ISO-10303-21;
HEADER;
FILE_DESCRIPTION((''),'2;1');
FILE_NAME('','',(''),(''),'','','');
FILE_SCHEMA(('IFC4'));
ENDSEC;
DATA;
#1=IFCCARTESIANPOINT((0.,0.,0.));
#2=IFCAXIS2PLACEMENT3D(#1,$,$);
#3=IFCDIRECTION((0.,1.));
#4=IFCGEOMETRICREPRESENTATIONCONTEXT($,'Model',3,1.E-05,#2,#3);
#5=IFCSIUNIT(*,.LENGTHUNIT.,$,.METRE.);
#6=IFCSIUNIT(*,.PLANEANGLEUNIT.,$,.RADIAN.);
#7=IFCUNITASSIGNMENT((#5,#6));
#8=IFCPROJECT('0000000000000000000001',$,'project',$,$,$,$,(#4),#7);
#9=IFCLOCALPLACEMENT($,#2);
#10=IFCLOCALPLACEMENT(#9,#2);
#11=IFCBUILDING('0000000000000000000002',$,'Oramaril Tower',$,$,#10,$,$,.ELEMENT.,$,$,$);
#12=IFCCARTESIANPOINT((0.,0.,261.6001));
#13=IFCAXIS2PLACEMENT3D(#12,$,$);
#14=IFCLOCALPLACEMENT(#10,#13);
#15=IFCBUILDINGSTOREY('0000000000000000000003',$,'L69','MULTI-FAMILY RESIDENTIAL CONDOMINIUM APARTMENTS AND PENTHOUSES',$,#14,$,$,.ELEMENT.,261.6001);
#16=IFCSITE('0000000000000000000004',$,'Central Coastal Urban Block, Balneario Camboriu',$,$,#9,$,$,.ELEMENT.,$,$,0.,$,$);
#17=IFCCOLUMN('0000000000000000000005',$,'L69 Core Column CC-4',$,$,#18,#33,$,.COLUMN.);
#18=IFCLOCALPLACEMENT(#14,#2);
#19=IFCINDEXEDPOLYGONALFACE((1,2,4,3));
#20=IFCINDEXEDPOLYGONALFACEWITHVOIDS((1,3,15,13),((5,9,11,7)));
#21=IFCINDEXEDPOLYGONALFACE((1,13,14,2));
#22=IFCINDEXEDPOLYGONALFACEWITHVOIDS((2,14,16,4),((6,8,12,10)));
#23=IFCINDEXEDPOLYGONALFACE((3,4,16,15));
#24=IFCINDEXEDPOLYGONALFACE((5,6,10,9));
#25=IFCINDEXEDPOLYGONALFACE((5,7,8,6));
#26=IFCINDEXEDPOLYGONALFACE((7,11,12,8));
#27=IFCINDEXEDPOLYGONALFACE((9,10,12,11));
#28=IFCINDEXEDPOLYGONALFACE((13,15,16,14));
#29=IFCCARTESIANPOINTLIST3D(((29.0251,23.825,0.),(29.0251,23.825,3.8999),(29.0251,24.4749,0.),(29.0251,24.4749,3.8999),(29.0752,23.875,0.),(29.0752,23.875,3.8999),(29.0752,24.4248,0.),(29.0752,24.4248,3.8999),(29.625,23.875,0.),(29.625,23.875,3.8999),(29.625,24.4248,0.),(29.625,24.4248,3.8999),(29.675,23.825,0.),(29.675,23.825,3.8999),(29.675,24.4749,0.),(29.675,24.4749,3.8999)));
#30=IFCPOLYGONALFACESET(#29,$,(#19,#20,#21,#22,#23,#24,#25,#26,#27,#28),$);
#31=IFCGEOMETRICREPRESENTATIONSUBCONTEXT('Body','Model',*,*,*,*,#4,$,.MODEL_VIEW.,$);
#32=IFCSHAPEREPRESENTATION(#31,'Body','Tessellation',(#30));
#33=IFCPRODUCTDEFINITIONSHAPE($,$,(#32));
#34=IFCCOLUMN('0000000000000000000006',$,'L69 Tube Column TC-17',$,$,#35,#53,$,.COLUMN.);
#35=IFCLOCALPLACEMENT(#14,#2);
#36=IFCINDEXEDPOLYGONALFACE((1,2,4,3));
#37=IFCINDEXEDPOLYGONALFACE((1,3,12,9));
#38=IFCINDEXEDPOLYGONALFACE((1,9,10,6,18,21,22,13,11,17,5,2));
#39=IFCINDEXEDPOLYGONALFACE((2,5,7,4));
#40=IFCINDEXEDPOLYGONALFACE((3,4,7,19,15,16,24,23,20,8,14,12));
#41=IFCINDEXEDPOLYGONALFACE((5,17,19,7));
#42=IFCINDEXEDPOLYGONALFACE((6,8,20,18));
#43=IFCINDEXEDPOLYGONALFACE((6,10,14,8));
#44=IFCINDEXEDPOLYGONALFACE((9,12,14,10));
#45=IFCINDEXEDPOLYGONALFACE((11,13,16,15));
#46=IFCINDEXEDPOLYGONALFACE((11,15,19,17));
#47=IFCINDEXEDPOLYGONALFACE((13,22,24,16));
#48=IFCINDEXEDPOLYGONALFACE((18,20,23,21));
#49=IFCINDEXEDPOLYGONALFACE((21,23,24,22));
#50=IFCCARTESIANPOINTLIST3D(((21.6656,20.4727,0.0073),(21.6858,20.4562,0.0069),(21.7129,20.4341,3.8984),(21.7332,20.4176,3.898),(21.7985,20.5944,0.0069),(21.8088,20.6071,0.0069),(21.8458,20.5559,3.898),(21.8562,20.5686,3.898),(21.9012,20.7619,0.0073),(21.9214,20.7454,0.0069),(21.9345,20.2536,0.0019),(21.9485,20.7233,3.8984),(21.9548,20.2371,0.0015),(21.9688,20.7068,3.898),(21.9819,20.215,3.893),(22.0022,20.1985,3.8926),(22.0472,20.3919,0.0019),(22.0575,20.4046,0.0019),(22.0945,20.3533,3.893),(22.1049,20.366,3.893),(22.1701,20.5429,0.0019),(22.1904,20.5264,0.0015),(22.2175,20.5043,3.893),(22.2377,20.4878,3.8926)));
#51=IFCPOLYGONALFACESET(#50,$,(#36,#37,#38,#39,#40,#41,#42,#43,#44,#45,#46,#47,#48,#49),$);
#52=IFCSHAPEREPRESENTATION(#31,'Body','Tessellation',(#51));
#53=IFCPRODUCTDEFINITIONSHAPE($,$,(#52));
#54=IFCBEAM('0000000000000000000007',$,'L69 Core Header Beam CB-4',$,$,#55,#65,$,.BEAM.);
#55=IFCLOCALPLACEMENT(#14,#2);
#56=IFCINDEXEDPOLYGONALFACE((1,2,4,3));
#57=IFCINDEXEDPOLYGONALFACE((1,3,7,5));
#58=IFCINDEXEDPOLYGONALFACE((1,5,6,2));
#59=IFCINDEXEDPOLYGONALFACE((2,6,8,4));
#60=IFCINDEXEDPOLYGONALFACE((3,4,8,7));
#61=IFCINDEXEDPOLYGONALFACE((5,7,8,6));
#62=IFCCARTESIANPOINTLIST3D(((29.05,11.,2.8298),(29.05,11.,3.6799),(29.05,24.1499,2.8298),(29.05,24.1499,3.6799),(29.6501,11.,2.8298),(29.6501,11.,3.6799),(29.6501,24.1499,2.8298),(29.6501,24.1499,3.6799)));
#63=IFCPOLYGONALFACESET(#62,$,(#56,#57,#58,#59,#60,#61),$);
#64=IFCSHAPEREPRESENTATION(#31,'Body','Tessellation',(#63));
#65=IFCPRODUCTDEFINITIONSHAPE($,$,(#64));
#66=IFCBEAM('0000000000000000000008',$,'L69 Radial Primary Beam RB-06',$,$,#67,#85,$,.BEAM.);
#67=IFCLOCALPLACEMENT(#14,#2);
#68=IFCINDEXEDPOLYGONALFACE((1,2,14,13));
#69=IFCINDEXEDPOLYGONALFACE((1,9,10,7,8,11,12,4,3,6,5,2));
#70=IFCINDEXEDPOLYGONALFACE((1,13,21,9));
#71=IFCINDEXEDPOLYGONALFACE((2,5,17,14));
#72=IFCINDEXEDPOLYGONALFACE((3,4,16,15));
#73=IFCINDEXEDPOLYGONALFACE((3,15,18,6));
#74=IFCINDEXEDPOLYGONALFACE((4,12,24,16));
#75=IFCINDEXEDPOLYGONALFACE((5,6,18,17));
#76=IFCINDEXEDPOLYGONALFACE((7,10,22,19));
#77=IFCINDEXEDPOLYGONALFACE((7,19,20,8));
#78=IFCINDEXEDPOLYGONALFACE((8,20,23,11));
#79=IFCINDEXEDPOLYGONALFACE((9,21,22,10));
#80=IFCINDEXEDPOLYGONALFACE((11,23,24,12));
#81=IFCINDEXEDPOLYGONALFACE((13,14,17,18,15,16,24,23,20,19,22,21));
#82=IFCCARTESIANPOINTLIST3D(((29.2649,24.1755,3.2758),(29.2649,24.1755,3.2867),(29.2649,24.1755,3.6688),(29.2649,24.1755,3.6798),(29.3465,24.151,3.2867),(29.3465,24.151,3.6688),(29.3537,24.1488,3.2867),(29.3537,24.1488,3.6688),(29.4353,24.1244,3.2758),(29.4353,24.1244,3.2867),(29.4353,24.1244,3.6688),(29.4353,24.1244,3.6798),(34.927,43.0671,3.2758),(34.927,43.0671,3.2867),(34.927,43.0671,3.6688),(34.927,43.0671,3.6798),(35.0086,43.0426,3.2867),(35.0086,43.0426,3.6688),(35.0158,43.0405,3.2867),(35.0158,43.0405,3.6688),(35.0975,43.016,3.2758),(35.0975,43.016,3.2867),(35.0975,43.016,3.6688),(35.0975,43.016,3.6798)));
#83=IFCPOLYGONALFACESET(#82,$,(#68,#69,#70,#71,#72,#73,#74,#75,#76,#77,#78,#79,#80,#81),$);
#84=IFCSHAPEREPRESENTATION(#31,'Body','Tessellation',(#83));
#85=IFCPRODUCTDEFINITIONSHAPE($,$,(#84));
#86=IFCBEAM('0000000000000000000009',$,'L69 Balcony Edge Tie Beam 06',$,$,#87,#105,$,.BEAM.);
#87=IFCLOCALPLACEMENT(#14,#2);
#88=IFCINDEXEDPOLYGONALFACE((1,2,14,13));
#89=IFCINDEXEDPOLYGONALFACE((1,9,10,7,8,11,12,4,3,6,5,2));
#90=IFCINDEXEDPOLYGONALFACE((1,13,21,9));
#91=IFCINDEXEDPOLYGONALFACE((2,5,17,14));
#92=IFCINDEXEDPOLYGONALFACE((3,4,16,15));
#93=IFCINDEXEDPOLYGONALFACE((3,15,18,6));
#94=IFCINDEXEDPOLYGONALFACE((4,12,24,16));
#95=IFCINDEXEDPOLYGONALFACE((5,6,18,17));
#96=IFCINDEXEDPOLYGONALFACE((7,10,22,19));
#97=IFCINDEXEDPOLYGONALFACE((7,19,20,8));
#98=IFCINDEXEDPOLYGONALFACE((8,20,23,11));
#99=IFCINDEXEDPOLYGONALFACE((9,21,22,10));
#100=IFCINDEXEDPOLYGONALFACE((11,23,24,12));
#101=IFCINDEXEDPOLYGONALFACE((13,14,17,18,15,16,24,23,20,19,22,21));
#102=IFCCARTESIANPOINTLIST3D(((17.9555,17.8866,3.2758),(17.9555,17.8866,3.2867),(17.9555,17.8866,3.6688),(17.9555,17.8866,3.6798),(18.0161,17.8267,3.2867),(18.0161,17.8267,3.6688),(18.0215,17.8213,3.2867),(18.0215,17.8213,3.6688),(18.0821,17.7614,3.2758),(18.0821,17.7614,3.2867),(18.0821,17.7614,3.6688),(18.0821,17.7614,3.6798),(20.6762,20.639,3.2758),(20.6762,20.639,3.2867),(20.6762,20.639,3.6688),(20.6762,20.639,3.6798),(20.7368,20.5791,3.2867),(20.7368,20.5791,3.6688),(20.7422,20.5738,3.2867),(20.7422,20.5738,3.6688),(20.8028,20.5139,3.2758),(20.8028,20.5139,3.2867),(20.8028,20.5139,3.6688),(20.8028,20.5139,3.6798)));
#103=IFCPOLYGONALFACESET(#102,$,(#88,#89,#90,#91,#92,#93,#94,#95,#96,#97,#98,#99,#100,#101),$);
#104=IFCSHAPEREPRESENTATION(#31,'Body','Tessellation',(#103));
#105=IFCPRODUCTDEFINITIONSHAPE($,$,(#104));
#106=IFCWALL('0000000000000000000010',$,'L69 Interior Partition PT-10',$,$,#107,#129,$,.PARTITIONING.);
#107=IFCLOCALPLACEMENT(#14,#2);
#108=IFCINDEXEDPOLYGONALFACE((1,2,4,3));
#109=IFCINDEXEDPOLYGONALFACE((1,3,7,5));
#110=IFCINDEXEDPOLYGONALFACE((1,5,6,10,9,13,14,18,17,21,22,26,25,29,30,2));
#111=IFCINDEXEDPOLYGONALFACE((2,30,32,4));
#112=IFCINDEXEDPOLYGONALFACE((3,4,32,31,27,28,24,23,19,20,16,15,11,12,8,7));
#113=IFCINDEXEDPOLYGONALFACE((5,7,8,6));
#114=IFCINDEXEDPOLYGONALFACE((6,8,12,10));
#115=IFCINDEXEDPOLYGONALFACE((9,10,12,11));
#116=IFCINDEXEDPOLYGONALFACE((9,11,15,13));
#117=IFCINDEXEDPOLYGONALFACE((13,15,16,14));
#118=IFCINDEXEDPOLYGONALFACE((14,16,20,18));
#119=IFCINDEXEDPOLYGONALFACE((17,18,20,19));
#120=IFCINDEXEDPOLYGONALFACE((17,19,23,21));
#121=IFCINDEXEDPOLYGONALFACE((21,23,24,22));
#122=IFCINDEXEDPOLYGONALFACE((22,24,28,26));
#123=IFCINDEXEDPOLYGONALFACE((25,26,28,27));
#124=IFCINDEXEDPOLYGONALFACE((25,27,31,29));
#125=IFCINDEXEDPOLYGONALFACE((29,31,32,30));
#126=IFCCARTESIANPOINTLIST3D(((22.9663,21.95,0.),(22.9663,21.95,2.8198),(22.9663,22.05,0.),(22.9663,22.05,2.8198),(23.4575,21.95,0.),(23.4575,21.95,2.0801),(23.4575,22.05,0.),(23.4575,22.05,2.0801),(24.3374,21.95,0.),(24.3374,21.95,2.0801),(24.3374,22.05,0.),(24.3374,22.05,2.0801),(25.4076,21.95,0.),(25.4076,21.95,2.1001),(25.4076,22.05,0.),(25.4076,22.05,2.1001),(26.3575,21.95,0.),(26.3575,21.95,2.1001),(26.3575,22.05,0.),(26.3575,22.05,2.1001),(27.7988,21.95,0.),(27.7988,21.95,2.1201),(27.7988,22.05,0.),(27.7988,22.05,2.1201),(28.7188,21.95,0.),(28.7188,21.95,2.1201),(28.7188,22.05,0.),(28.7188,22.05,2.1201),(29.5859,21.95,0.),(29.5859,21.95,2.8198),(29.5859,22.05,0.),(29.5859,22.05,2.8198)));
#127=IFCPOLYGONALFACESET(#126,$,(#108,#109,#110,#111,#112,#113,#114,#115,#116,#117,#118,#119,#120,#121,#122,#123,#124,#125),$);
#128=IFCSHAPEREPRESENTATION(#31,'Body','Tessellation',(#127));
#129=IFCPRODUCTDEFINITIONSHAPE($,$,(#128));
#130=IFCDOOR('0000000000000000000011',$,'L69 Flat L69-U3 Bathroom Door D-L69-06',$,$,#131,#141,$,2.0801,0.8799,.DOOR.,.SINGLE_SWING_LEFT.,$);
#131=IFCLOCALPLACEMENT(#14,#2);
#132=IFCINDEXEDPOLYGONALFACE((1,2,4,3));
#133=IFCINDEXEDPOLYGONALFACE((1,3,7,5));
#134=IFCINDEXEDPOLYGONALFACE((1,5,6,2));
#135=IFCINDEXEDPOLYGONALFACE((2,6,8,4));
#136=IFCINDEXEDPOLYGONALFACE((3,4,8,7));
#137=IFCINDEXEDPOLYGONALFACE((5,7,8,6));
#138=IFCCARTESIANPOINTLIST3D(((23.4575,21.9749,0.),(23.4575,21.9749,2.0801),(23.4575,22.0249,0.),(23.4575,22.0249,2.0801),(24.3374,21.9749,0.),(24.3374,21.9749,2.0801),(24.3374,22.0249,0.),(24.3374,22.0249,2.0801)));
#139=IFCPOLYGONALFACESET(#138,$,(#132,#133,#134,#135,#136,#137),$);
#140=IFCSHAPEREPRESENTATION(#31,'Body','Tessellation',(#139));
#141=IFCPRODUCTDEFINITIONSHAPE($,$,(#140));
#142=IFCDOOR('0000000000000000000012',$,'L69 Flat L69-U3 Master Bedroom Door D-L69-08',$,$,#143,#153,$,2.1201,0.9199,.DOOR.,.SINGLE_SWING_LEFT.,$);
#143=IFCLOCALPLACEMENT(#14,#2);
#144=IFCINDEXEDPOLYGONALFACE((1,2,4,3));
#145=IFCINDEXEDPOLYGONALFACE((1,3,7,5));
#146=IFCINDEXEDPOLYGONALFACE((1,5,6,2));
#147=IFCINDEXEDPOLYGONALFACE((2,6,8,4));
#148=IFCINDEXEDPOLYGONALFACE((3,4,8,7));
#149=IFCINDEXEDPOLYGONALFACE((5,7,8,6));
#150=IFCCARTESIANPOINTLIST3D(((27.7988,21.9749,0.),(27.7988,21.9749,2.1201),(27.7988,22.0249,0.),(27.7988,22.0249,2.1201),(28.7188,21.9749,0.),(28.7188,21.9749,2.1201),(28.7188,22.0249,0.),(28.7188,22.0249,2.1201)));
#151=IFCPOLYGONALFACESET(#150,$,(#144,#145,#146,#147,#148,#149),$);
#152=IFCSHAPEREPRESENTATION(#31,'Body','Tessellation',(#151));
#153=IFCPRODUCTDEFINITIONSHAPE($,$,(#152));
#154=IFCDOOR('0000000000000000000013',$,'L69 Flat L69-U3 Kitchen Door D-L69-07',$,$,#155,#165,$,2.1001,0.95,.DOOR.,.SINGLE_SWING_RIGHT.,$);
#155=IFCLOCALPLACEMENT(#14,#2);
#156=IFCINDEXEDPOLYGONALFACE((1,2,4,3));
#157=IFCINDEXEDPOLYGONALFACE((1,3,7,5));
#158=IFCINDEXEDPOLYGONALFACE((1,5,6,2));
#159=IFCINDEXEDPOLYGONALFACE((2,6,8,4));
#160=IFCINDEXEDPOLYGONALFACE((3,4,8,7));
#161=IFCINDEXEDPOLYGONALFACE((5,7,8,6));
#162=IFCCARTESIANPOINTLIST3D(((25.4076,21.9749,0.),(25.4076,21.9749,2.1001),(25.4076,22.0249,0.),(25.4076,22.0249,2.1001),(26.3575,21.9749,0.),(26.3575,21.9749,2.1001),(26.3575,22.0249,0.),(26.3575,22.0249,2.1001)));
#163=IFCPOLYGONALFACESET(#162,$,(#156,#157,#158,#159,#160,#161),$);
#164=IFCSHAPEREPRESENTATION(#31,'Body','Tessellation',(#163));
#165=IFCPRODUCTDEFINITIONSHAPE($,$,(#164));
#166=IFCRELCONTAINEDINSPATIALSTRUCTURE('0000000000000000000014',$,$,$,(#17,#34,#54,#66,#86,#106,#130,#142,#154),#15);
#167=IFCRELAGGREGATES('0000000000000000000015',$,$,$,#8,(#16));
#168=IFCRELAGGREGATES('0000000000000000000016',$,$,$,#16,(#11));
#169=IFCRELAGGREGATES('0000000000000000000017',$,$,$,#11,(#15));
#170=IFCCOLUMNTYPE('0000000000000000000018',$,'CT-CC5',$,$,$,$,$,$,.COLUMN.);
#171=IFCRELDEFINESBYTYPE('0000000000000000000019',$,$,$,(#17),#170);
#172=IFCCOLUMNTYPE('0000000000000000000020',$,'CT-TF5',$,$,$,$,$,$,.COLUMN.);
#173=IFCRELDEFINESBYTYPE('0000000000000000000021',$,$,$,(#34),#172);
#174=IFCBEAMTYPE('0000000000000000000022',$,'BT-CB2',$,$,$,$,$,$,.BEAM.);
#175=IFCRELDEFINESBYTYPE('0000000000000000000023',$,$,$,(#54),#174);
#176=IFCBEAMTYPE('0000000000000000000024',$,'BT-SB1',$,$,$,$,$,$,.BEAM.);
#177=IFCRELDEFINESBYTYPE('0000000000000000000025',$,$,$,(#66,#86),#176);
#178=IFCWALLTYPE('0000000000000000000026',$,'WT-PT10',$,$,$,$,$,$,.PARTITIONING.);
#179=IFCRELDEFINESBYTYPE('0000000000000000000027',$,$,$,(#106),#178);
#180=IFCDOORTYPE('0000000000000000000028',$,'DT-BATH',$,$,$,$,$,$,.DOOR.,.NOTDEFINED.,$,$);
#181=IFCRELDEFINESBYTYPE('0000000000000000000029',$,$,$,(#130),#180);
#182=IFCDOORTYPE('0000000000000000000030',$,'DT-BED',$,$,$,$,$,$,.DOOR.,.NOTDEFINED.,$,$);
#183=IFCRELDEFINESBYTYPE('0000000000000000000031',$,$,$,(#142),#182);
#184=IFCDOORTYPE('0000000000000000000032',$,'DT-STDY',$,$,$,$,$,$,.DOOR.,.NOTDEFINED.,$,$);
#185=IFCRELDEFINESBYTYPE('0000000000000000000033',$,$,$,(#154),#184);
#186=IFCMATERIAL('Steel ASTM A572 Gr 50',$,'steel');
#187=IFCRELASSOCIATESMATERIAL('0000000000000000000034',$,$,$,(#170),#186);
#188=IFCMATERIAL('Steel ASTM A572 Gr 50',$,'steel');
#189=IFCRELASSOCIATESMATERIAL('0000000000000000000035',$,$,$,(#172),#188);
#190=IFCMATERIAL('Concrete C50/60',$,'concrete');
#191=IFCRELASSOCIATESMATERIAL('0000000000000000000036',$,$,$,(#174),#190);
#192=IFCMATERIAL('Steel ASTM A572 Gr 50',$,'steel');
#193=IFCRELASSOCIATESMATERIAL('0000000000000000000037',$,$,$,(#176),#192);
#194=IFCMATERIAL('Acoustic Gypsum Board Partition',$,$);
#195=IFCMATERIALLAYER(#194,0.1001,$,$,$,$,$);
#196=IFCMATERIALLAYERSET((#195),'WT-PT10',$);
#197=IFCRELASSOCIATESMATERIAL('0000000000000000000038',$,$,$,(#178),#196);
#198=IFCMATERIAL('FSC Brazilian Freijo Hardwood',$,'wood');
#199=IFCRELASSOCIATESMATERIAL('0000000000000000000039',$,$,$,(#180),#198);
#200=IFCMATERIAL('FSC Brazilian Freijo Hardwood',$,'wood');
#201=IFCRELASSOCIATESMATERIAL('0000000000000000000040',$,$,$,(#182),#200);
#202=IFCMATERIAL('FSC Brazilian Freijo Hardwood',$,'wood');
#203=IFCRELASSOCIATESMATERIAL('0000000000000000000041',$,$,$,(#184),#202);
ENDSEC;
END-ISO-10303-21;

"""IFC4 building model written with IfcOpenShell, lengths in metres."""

from ifc_helpers import new_model, si_unit, direction, frame, frame_2d, origin, origin_2d, place, context, subcontext, project, spatial, rectangle, hollow_rectangle, i_section, extrude, material, layer, layer_set, material_profile, profile_set, type_object, element, fill, save


model = new_model("IFC4")

# Units and contexts
model_context = context("Model", 3, precision=1e-05, world=origin(), true_north=direction((0.0, 1.0)))
body_context = subcontext(model_context, "Body", "Model", "MODEL_VIEW")
ifc_project = project(units=[si_unit("LENGTHUNIT", "METRE"), si_unit("PLANEANGLEUNIT", "RADIAN")], contexts=[model_context])

# Site, building, storey
site_placement = place(None, origin())
site = spatial("IfcSite", under=ifc_project, at=site_placement, Name="Central Coastal Urban Block, Balneario Camboriu", CompositionType="ELEMENT", RefElevation=0.0)
building_placement = place(site_placement, origin())
building = spatial("IfcBuilding", under=site, at=building_placement, Name="Oramaril Tower", CompositionType="ELEMENT")
storey_placement = place(building_placement, frame((0.0, 0.0, 261.6001)))
storey = spatial("IfcBuildingStorey", under=building, at=storey_placement, Name="L69", Description="MULTI-FAMILY RESIDENTIAL CONDOMINIUM APARTMENTS AND PENTHOUSES", CompositionType="ELEMENT", Elevation=261.6001)

# Columns
ifc_material_1 = material(Name="Steel ASTM A572 Gr 50", Category="steel")
ifc_material_profile_1 = material_profile(ifc_material_1, hollow_rectangle(XDim=0.6499, YDim=0.6499, WallThickness=0.05, at=origin_2d()), Name="BOX650X650X50")
ifc_profile_set_1 = profile_set([ifc_material_profile_1], Name="Steel ASTM A572 Gr 50")
column_type_1 = type_object("IfcColumnType", Name="CT-CC5", PredefinedType="COLUMN", material=ifc_profile_set_1)
column_1_placement = place(storey_placement, frame((29.3501, 24.1499, 0.0), z_axis=(0.0, 0.0, 1.0), x_axis=(1.0, 0.0, 0.0)))
element("IfcColumn", 1, at=column_1_placement, inside=storey, type_object=column_type_1, Name="L69 Core Column CC-4", PredefinedType="COLUMN", context=body_context, shape_type="SweptSolid", body=[
    extrude(hollow_rectangle(XDim=0.6499, YDim=0.6499, WallThickness=0.05, at=origin_2d()), origin(), (0.0, 0.0, 1.0), 3.8999),
])
ifc_material_2 = material(Name="Steel ASTM A572 Gr 50", Category="steel")
ifc_material_profile_2 = material_profile(ifc_material_2, i_section(OverallWidth=0.373, OverallDepth=0.373, WebThickness=0.0164, FlangeThickness=0.0261, at=origin_2d()), Name="W14X132")
ifc_profile_set_2 = profile_set([ifc_material_profile_2], Name="Steel ASTM A572 Gr 50")
column_type_2 = type_object("IfcColumnType", Name="CT-TF5", PredefinedType="COLUMN", material=ifc_profile_set_2)
column_2_placement = place(storey_placement, frame((21.928, 20.4995, 0.0044), z_axis=(0.012171, -0.009912, 0.999877), x_axis=(0.631495, 0.77538, 0.0)))
element("IfcColumn", 2, at=column_2_placement, inside=storey, type_object=column_type_2, Name="L69 Tube Column TC-17", PredefinedType="COLUMN", context=body_context, shape_type="SweptSolid", body=[
    extrude(i_section(OverallWidth=0.373, OverallDepth=0.373, WebThickness=0.0164, FlangeThickness=0.0261, at=origin_2d()), origin(), (0.0, 0.0, 1.0), 3.8916),
])

# Beams
ifc_material_3 = material(Name="Concrete C50/60", Category="concrete")
ifc_material_profile_3 = material_profile(ifc_material_3, rectangle(XDim=0.6001, YDim=0.8501, at=origin_2d()), Name="CB600X850")
ifc_profile_set_3 = profile_set([ifc_material_profile_3], Name="Concrete C50/60")
beam_type_1 = type_object("IfcBeamType", Name="BT-CB2", PredefinedType="BEAM", material=ifc_profile_set_3)
beam_1_placement = place(storey_placement, frame((29.3501, 24.1499, 3.2549), z_axis=(0.0, -1.0, 0.0), x_axis=(1.0, 0.0, 0.0)))
element("IfcBeam", 3, at=beam_1_placement, inside=storey, type_object=beam_type_1, Name="L69 Core Header Beam CB-4", PredefinedType="BEAM", context=body_context, shape_type="SweptSolid", body=[
    extrude(rectangle(XDim=0.6001, YDim=0.8501, at=origin_2d()), origin(), (0.0, 0.0, 1.0), 13.1499),
])
ifc_material_4 = material(Name="Steel ASTM A572 Gr 50", Category="steel")
ifc_material_profile_4 = material_profile(ifc_material_4, i_section(OverallWidth=0.178, OverallDepth=0.4041, WebThickness=0.0076, FlangeThickness=0.011, at=origin_2d()), Name="W16X36")
ifc_profile_set_4 = profile_set([ifc_material_profile_4], Name="Steel ASTM A572 Gr 50")
beam_type_2 = type_object("IfcBeamType", Name="BT-SB1", PredefinedType="BEAM", material=ifc_profile_set_4)
beam_2_placement = place(storey_placement, frame((29.3501, 24.1499, 3.4778), z_axis=(0.287098, 0.957901, 0.0), x_axis=(-0.957901, 0.287098, 0.0)))
element("IfcBeam", 4, at=beam_2_placement, inside=storey, type_object=beam_type_2, Name="L69 Radial Primary Beam RB-06", PredefinedType="BEAM", context=body_context, shape_type="SweptSolid", body=[
    extrude(i_section(OverallWidth=0.178, OverallDepth=0.4041, WebThickness=0.0076, FlangeThickness=0.011, at=origin_2d()), origin(), (0.0, 0.0, 1.0), 19.7219),
])
beam_3_placement = place(storey_placement, frame((20.7395, 20.5764, 3.4778), z_axis=(-0.702995, -0.711195, 0.0), x_axis=(0.711195, -0.702995, 0.0)))
element("IfcBeam", 5, at=beam_3_placement, inside=storey, type_object=beam_type_2, Name="L69 Balcony Edge Tie Beam 06", PredefinedType="BEAM", context=body_context, shape_type="SweptSolid", body=[
    extrude(i_section(OverallWidth=0.178, OverallDepth=0.4041, WebThickness=0.0076, FlangeThickness=0.011, at=origin_2d()), origin(), (0.0, 0.0, 1.0), 3.8701),
])

# Wall, openings, doors
ifc_material_5 = material(Name="Acoustic Gypsum Board Partition")
ifc_layer_1 = layer(ifc_material_5, 0.1001)
ifc_layer_set_1 = layer_set([ifc_layer_1], Name="WT-PT10")
wall_type_1 = type_object("IfcWallType", Name="WT-PT10", PredefinedType="PARTITIONING", material=ifc_layer_set_1)
wall_1_placement = place(storey_placement, frame((22.9663, 22.0, 0.0), z_axis=(0.0, 0.0, 1.0), x_axis=(1.0, 0.0, 0.0)))
wall_1 = element("IfcWall", 6, at=wall_1_placement, inside=storey, type_object=wall_type_1, Name="L69 Interior Partition PT-10", PredefinedType="PARTITIONING", context=body_context, shape_type="SweptSolid", body=[
    extrude(rectangle(XDim=6.6196, YDim=0.1001, at=frame_2d((3.3098, 0.0))), origin(), (0.0, 0.0, 1.0), 2.8198),
])
opening_1_placement = place(wall_1_placement, frame((0.4912, 0.0, 0.0)))
opening_1 = element("IfcOpeningElement", 7, at=opening_1_placement, cuts=wall_1, PredefinedType="OPENING", context=body_context, shape_type="SweptSolid", body=[
    extrude(rectangle(XDim=0.8799, YDim=2.0801, at=frame_2d((0.4399, 1.04))), frame((0.0, 0.05, 0.0), z_axis=(0.0, -1.0, 0.0), x_axis=(1.0, 0.0, 0.0)), (0.0, 0.0, 1.0), 0.1001),
])
opening_2_placement = place(wall_1_placement, frame((2.4412, 0.0, 0.0)))
opening_2 = element("IfcOpeningElement", 8, at=opening_2_placement, cuts=wall_1, PredefinedType="OPENING", context=body_context, shape_type="SweptSolid", body=[
    extrude(rectangle(XDim=0.95, YDim=2.1001, at=frame_2d((0.4751, 1.05))), frame((0.0, 0.05, 0.0), z_axis=(0.0, -1.0, 0.0), x_axis=(1.0, 0.0, 0.0)), (0.0, 0.0, 1.0), 0.1001),
])
opening_3_placement = place(wall_1_placement, frame((4.8325, 0.0, 0.0)))
opening_3 = element("IfcOpeningElement", 9, at=opening_3_placement, cuts=wall_1, PredefinedType="OPENING", context=body_context, shape_type="SweptSolid", body=[
    extrude(rectangle(XDim=0.9199, YDim=2.1201, at=frame_2d((0.46, 1.0601))), frame((0.0, 0.05, 0.0), z_axis=(0.0, -1.0, 0.0), x_axis=(1.0, 0.0, 0.0)), (0.0, 0.0, 1.0), 0.1001),
])
ifc_material_6 = material(Name="FSC Brazilian Freijo Hardwood", Category="wood")
door_type_1 = type_object("IfcDoorType", Name="DT-BATH", OperationType="NOTDEFINED", PredefinedType="DOOR", material=ifc_material_6)
door_1_placement = place(opening_1_placement, origin())
door_1 = element("IfcDoor", 10, at=door_1_placement, inside=storey, type_object=door_type_1, Name="L69 Flat L69-U3 Bathroom Door D-L69-06", OperationType="SINGLE_SWING_LEFT", OverallHeight=2.0801, OverallWidth=0.8799, PredefinedType="DOOR", context=body_context, shape_type="SweptSolid", body=[
    extrude(rectangle(XDim=0.8799, YDim=2.0801, at=frame_2d((0.4399, 1.04))), frame((0.0, 0.0249, 0.0), z_axis=(0.0, -1.0, 0.0), x_axis=(1.0, 0.0, 0.0)), (0.0, 0.0, 1.0), 0.05),
])
fill(opening_1, door_1)
ifc_material_7 = material(Name="FSC Brazilian Freijo Hardwood", Category="wood")
door_type_2 = type_object("IfcDoorType", Name="DT-BED", OperationType="NOTDEFINED", PredefinedType="DOOR", material=ifc_material_7)
door_2_placement = place(opening_3_placement, origin())
door_2 = element("IfcDoor", 11, at=door_2_placement, inside=storey, type_object=door_type_2, Name="L69 Flat L69-U3 Master Bedroom Door D-L69-08", OperationType="SINGLE_SWING_LEFT", OverallHeight=2.1201, OverallWidth=0.9199, PredefinedType="DOOR", context=body_context, shape_type="SweptSolid", body=[
    extrude(rectangle(XDim=0.9199, YDim=2.1201, at=frame_2d((0.46, 1.0601))), frame((0.0, 0.0249, 0.0), z_axis=(0.0, -1.0, 0.0), x_axis=(1.0, 0.0, 0.0)), (0.0, 0.0, 1.0), 0.05),
])
fill(opening_3, door_2)
ifc_material_8 = material(Name="FSC Brazilian Freijo Hardwood", Category="wood")
door_type_3 = type_object("IfcDoorType", Name="DT-STDY", OperationType="NOTDEFINED", PredefinedType="DOOR", material=ifc_material_8)
door_3_placement = place(opening_2_placement, origin())
door_3 = element("IfcDoor", 12, at=door_3_placement, inside=storey, type_object=door_type_3, Name="L69 Flat L69-U3 Kitchen Door D-L69-07", OperationType="SINGLE_SWING_RIGHT", OverallHeight=2.1001, OverallWidth=0.95, PredefinedType="DOOR", context=body_context, shape_type="SweptSolid", body=[
    extrude(rectangle(XDim=0.95, YDim=2.1001, at=frame_2d((0.4751, 1.05))), frame((0.0, 0.0249, 0.0), z_axis=(0.0, -1.0, 0.0), x_axis=(1.0, 0.0, 0.0)), (0.0, 0.0, 1.0), 0.05),
])
fill(opening_2, door_3)

save(model, "model.ifc")
